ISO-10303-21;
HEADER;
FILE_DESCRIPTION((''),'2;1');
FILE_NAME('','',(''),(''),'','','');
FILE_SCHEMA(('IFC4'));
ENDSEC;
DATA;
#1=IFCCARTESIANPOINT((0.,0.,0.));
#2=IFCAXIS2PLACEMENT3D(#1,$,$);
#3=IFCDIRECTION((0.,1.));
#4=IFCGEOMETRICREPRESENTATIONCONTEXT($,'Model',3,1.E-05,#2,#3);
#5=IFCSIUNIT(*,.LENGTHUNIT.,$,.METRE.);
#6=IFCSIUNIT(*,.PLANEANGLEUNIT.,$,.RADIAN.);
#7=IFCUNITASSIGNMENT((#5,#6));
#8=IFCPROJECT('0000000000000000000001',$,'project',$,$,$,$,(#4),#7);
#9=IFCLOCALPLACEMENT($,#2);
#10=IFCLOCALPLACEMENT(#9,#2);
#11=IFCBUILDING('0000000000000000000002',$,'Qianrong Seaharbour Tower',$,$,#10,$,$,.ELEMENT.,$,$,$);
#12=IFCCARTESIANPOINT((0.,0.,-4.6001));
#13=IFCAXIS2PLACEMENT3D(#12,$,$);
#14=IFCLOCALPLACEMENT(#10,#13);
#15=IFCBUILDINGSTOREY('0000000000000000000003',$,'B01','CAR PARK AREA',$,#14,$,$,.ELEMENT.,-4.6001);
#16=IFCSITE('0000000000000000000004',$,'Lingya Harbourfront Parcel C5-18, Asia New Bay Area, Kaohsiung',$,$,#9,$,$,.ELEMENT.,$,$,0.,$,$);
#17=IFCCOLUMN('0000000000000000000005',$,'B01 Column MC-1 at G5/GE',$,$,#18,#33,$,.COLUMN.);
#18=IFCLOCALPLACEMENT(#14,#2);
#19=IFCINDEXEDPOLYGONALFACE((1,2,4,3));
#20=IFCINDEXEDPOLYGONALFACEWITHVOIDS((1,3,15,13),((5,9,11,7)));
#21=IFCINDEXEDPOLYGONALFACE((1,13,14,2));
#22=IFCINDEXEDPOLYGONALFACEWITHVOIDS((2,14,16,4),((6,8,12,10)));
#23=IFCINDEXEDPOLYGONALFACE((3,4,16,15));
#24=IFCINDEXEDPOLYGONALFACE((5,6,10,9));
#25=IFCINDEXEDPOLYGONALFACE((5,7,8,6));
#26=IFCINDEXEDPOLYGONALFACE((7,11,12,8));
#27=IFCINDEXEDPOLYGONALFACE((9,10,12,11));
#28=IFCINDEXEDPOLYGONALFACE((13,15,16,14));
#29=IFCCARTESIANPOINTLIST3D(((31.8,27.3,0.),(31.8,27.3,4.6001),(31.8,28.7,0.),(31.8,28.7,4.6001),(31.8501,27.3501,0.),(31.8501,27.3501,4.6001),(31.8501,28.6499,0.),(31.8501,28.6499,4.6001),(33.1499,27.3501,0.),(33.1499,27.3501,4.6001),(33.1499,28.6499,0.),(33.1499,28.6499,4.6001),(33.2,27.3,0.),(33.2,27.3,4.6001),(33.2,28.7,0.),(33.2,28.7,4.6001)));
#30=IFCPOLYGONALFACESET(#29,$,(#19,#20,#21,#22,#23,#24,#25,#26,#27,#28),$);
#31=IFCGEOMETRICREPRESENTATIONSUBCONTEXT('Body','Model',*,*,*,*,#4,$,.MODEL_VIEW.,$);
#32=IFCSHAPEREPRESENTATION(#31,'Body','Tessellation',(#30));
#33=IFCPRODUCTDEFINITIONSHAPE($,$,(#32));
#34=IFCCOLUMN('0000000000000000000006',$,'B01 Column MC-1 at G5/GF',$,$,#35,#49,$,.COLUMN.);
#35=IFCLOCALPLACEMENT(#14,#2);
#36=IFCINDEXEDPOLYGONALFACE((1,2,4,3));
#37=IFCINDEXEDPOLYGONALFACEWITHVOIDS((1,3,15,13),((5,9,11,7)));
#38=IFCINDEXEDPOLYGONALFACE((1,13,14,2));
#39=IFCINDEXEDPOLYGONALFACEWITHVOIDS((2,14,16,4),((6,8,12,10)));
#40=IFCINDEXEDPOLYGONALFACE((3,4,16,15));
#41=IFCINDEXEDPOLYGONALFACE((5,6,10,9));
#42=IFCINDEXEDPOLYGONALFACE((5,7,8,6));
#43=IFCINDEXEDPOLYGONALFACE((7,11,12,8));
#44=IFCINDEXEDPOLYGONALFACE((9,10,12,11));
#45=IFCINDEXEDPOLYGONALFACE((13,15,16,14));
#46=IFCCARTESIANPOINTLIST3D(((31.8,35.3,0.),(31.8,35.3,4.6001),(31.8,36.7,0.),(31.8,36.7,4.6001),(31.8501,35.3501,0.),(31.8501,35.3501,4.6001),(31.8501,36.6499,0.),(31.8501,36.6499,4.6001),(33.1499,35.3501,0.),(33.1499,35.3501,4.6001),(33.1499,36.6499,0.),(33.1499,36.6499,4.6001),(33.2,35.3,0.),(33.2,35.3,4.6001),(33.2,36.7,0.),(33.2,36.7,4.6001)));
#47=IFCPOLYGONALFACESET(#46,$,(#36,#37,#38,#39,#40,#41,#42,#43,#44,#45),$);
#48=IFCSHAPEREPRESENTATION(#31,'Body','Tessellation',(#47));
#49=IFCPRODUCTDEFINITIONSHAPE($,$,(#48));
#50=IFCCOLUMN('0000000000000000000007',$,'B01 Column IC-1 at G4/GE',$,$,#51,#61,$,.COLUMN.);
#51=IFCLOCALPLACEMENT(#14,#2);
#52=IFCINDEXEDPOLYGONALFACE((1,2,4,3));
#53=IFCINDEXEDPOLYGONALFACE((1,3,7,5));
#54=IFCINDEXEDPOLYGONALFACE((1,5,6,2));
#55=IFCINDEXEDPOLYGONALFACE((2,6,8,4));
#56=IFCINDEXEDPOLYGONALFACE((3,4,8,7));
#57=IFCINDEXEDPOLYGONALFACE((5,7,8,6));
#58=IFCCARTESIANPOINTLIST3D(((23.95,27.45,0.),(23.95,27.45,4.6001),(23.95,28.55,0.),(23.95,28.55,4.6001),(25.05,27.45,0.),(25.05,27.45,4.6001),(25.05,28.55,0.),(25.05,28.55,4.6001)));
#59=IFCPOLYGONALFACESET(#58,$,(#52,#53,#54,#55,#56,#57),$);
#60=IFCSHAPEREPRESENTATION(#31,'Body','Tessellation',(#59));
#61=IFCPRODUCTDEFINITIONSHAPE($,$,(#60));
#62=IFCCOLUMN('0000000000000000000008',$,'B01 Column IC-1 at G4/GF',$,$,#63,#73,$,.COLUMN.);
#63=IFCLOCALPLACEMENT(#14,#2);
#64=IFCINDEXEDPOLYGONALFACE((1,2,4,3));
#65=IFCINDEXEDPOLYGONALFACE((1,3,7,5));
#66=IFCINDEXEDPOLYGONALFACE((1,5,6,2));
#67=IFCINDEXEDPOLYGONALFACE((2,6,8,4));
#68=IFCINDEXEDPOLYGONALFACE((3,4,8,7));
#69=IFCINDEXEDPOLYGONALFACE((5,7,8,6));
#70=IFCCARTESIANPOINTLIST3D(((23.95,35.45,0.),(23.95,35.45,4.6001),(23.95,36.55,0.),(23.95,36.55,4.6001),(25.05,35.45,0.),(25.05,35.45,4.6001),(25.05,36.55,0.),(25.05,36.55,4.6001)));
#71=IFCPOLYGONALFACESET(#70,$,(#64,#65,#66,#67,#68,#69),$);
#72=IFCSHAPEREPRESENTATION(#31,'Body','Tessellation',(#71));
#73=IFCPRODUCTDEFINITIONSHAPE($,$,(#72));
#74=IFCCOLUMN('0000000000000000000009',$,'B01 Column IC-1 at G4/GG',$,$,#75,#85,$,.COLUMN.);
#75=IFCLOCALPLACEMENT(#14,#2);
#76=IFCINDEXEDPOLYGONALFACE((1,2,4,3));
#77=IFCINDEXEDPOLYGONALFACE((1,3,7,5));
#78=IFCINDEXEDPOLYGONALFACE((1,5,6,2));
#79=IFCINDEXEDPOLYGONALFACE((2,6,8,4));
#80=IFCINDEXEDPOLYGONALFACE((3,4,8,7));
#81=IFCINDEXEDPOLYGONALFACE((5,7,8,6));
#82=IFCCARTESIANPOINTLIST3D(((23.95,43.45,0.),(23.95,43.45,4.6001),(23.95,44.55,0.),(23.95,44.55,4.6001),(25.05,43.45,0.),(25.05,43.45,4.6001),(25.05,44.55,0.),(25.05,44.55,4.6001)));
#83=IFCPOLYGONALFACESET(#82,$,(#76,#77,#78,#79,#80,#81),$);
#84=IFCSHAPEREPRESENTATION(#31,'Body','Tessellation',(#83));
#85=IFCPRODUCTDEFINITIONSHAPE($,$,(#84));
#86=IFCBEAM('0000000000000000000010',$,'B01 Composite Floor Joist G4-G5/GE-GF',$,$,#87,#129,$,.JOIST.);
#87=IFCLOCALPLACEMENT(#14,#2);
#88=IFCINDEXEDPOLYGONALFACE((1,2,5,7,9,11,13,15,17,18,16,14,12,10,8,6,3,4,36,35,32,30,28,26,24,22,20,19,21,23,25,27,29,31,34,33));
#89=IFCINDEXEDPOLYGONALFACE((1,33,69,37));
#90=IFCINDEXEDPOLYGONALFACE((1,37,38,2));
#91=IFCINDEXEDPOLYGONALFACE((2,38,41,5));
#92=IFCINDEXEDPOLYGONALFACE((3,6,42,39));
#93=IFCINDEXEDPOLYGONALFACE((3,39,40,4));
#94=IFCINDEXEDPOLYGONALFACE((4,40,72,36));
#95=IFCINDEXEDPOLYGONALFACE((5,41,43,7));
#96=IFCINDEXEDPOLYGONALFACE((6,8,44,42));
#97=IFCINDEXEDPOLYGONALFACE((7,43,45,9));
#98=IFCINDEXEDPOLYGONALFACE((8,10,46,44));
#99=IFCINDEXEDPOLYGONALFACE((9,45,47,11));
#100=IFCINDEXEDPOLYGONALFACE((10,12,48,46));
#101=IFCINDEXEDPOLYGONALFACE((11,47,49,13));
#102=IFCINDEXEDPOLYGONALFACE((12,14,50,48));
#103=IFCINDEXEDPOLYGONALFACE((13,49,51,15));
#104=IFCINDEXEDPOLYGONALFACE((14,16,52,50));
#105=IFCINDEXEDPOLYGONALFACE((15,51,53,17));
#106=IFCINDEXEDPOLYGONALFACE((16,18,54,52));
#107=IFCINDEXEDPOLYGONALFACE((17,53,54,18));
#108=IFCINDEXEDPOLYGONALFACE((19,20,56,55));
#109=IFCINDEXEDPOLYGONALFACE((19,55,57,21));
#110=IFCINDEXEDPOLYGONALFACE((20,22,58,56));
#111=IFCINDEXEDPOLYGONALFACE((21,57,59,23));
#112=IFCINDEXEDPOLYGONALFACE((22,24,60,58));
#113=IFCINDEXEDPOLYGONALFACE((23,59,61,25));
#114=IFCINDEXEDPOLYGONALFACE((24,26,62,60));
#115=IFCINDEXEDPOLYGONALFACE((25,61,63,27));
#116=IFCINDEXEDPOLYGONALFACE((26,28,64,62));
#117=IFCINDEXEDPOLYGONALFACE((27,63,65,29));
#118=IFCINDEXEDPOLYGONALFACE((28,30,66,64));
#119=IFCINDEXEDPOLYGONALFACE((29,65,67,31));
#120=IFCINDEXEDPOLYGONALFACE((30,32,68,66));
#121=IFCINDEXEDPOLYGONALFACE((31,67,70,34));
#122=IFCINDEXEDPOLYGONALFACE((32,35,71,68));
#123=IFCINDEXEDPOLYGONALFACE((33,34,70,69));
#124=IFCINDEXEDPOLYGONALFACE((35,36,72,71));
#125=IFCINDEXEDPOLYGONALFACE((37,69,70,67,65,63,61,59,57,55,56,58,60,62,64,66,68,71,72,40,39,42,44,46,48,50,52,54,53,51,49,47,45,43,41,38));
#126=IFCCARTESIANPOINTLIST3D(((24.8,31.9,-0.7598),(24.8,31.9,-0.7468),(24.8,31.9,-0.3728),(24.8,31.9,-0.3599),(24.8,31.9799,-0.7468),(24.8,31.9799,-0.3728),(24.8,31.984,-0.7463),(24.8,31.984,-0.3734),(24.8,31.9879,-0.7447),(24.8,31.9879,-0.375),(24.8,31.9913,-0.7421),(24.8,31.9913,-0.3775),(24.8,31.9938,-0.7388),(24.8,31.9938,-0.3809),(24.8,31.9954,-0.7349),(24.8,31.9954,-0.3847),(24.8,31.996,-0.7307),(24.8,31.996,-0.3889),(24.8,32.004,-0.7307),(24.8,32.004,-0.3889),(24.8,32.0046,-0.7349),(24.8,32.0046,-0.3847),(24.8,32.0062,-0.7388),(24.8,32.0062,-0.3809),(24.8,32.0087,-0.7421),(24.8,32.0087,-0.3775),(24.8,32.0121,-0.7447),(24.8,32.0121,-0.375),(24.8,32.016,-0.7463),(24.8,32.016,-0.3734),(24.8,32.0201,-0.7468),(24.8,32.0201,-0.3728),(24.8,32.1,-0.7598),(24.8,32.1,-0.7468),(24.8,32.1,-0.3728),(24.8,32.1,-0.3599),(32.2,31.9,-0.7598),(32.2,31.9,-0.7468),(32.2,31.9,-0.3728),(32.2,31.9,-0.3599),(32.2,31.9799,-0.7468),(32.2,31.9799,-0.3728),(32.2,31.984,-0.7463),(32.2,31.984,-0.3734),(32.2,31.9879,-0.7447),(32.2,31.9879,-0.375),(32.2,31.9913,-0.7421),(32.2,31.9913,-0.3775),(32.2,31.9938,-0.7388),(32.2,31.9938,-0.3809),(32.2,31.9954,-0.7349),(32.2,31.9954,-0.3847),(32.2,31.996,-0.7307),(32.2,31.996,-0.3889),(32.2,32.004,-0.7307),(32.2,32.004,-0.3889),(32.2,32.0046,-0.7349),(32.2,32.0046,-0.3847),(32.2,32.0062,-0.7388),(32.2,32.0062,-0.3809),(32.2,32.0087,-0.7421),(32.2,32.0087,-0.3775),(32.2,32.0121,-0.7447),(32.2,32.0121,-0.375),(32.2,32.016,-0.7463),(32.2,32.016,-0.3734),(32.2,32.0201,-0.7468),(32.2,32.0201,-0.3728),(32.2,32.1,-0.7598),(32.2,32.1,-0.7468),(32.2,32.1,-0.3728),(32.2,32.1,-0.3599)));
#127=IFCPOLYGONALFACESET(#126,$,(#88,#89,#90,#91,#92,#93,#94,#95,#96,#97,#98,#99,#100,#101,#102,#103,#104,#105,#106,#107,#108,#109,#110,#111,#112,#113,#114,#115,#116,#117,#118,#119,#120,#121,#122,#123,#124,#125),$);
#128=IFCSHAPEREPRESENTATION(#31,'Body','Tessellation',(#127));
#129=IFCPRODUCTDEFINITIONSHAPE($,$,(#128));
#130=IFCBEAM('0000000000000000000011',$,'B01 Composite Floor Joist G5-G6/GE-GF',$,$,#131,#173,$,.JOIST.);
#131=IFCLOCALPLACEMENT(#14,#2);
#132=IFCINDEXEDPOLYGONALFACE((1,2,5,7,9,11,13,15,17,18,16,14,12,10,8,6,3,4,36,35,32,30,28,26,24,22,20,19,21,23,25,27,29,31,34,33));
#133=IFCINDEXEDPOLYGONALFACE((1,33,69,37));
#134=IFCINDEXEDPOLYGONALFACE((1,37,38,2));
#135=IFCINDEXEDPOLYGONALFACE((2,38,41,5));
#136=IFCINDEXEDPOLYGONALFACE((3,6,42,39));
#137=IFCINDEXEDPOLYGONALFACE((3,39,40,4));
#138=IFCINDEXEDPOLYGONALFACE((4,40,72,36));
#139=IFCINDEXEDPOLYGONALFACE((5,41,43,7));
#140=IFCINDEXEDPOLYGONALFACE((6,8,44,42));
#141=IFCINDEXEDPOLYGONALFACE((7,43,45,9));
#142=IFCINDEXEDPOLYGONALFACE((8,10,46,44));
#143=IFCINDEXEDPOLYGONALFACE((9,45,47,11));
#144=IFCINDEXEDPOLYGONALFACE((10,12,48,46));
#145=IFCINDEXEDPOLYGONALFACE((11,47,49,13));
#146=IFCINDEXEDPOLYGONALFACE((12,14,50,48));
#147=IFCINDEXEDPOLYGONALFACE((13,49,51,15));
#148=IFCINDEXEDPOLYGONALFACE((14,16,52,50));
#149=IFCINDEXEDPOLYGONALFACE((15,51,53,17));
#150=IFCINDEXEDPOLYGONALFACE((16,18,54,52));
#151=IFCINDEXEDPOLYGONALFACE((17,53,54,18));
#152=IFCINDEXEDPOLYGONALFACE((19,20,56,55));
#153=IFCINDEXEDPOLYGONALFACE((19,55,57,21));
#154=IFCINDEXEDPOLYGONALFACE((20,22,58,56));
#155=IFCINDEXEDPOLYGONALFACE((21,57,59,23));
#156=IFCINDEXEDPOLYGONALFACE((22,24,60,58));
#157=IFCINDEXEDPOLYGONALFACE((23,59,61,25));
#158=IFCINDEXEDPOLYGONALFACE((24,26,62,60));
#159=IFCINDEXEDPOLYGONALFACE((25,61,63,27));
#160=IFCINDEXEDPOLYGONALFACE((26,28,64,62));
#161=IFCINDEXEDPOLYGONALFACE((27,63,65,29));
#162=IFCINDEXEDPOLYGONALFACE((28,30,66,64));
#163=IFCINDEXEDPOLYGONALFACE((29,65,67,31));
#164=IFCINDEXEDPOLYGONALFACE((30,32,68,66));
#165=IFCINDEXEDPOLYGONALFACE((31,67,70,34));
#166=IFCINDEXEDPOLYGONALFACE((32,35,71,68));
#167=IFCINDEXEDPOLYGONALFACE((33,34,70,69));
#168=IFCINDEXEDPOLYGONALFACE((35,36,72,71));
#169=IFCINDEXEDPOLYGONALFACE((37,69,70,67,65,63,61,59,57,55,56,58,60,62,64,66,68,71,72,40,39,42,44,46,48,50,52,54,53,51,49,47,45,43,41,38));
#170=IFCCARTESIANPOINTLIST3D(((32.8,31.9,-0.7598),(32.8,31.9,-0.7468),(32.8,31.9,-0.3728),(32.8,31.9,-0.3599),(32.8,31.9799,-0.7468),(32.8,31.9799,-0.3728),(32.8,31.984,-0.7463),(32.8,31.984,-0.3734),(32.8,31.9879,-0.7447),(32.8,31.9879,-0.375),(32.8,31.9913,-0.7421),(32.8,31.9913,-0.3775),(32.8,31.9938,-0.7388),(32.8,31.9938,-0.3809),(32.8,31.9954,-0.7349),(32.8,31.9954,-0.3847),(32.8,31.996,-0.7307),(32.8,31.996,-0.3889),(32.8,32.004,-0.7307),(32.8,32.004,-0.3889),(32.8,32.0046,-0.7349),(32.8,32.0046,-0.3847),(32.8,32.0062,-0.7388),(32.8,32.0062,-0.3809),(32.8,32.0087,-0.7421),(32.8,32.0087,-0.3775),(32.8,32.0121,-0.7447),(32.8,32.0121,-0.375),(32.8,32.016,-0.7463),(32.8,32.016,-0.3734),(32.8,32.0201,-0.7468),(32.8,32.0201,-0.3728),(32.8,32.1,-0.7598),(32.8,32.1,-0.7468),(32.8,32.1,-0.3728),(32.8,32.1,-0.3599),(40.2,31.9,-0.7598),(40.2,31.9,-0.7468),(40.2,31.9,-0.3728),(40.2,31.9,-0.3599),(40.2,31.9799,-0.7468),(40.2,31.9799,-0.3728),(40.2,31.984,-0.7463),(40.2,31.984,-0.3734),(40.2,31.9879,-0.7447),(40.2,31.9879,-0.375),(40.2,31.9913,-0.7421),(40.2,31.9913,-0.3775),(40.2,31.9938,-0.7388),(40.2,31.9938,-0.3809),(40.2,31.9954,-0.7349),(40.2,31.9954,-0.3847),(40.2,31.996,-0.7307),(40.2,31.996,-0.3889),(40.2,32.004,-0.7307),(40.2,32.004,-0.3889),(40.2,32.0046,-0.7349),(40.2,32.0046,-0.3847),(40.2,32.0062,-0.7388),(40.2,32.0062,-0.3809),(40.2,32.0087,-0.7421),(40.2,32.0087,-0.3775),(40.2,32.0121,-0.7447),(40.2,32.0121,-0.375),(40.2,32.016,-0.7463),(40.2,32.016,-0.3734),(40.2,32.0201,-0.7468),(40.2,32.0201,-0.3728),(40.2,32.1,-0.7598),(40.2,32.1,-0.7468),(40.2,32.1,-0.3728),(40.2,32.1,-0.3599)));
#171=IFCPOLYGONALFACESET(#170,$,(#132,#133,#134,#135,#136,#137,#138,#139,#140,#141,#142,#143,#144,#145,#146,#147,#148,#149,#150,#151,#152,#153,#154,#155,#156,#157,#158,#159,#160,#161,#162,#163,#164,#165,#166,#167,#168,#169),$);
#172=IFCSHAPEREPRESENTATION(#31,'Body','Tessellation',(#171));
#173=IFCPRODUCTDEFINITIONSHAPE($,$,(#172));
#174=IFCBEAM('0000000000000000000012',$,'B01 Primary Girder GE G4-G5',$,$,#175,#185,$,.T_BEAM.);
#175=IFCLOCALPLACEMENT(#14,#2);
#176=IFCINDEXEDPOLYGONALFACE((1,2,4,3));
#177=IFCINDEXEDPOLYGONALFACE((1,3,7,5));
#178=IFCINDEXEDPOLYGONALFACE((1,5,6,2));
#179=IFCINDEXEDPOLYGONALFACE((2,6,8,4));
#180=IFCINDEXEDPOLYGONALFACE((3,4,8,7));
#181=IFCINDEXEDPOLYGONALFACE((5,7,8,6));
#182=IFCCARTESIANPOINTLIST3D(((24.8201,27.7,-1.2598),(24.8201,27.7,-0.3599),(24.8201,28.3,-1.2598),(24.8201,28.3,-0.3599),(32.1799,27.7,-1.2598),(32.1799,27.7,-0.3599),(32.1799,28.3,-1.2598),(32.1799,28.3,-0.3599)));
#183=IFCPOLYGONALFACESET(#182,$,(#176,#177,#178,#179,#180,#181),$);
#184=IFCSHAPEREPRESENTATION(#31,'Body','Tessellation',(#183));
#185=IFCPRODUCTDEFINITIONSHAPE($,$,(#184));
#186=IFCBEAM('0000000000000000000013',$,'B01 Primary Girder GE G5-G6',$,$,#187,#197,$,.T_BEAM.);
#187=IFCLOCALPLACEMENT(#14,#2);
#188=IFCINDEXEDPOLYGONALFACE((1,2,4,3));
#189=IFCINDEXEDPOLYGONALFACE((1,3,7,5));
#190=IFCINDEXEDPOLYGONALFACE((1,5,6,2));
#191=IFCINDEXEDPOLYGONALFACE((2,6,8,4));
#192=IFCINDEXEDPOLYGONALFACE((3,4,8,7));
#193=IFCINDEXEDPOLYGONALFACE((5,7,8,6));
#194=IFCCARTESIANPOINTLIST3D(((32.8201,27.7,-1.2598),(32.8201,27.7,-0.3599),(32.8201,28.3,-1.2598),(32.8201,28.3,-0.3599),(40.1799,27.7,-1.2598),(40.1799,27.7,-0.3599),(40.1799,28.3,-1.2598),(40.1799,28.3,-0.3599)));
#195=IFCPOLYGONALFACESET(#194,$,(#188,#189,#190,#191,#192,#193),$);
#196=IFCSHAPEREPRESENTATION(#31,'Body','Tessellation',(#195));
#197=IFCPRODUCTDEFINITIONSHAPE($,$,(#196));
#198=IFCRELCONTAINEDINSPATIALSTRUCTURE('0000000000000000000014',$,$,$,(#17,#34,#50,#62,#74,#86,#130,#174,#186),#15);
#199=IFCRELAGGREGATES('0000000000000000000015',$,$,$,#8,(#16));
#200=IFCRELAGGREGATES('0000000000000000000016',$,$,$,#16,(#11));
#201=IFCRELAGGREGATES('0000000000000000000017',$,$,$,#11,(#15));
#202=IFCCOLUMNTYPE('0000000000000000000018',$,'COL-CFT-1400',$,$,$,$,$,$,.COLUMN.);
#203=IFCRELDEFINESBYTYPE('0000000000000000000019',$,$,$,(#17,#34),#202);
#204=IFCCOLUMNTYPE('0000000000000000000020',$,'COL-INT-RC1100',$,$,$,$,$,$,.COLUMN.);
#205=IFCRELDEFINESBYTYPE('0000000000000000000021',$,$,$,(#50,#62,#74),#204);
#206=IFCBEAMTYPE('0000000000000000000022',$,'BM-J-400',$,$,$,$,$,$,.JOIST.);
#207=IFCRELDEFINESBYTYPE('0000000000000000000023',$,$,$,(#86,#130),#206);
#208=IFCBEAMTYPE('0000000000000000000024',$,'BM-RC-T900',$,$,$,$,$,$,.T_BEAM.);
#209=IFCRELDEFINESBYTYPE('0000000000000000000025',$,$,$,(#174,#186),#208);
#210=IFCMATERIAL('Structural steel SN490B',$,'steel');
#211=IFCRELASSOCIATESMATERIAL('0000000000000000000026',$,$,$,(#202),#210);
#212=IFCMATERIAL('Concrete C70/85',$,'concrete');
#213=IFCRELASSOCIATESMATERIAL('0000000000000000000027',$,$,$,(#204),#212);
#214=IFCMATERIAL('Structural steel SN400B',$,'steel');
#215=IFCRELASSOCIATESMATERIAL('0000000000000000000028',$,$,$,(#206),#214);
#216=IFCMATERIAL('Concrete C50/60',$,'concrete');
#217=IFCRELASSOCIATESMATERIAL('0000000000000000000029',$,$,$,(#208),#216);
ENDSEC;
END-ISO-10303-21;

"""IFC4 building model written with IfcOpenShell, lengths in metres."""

from ifc_helpers import new_model, si_unit, direction, frame, origin, origin_2d, place, context, subcontext, project, spatial, rectangle, hollow_rectangle, i_section, extrude, material, material_profile, profile_set, type_object, element, save


model = new_model("IFC4")

# Units and contexts
model_context = context("Model", 3, precision=1e-05, world=origin(), true_north=direction((0.0, 1.0)))
body_context = subcontext(model_context, "Body", "Model", "MODEL_VIEW")
ifc_project = project(units=[si_unit("LENGTHUNIT", "METRE"), si_unit("PLANEANGLEUNIT", "RADIAN")], contexts=[model_context])

# Site, building, storey
site_placement = place(None, origin())
site = spatial("IfcSite", under=ifc_project, at=site_placement, Name="Lingya Harbourfront Parcel C5-18, Asia New Bay Area, Kaohsiung", CompositionType="ELEMENT", RefElevation=0.0)
building_placement = place(site_placement, origin())
building = spatial("IfcBuilding", under=site, at=building_placement, Name="Qianrong Seaharbour Tower", CompositionType="ELEMENT")
storey_placement = place(building_placement, frame((0.0, 0.0, -4.6001)))
storey = spatial("IfcBuildingStorey", under=building, at=storey_placement, Name="B01", Description="CAR PARK AREA", CompositionType="ELEMENT", Elevation=-4.6001)

# Columns
ifc_material_1 = material(Name="Structural steel SN490B", Category="steel")
ifc_material_profile_1 = material_profile(ifc_material_1, hollow_rectangle(XDim=1.3999, YDim=1.3999, WallThickness=0.05, at=origin_2d()), Name="BOX1400x1400x50")
ifc_profile_set_1 = profile_set([ifc_material_profile_1], Name="Structural steel SN490B")
column_type_1 = type_object("IfcColumnType", Name="COL-CFT-1400", PredefinedType="COLUMN", material=ifc_profile_set_1)
for number, where, z_axis, x_axis, name in (
    (1, (32.5, 28.0, 0.0), (0.0, 0.0, 1.0), (1.0, 0.0, 0.0), "B01 Column MC-1 at G5/GE"),
    (2, (32.5, 36.0, 0.0), (0.0, 0.0, 1.0), (1.0, 0.0, 0.0), "B01 Column MC-1 at G5/GF"),
):
    element("IfcColumn", number, at=place(storey_placement, frame(where, z_axis=z_axis, x_axis=x_axis)), inside=storey, type_object=column_type_1, Name=name, PredefinedType="COLUMN", context=body_context, shape_type="SweptSolid", body=[
        extrude(hollow_rectangle(XDim=1.3999, YDim=1.3999, WallThickness=0.05, at=origin_2d()), origin(), (0.0, 0.0, 1.0), 4.6001),
    ])
ifc_material_2 = material(Name="Concrete C70/85", Category="concrete")
ifc_material_profile_2 = material_profile(ifc_material_2, rectangle(XDim=1.1001, YDim=1.1001, at=origin_2d()), Name="RC1100x1100")
ifc_profile_set_2 = profile_set([ifc_material_profile_2], Name="Concrete C70/85")
column_type_2 = type_object("IfcColumnType", Name="COL-INT-RC1100", PredefinedType="COLUMN", material=ifc_profile_set_2)
for number, where, z_axis, x_axis, name in (
    (3, (24.5, 28.0, 0.0), (0.0, 0.0, 1.0), (1.0, 0.0, 0.0), "B01 Column IC-1 at G4/GE"),
    (4, (24.5, 36.0, 0.0), (0.0, 0.0, 1.0), (1.0, 0.0, 0.0), "B01 Column IC-1 at G4/GF"),
    (5, (24.5, 44.0, 0.0), (0.0, 0.0, 1.0), (1.0, 0.0, 0.0), "B01 Column IC-1 at G4/GG"),
):
    element("IfcColumn", number, at=place(storey_placement, frame(where, z_axis=z_axis, x_axis=x_axis)), inside=storey, type_object=column_type_2, Name=name, PredefinedType="COLUMN", context=body_context, shape_type="SweptSolid", body=[
        extrude(rectangle(XDim=1.1001, YDim=1.1001, at=origin_2d()), origin(), (0.0, 0.0, 1.0), 4.6001),
    ])

# Beams
ifc_material_3 = material(Name="Structural steel SN400B", Category="steel")
ifc_material_profile_3 = material_profile(ifc_material_3, i_section(OverallWidth=0.2, OverallDepth=0.3999, WebThickness=0.0081, FlangeThickness=0.0129, FilletRadius=0.0161, at=origin_2d()), Name="H400x200x8x13")
ifc_profile_set_3 = profile_set([ifc_material_profile_3], Name="Structural steel SN400B")
beam_type_1 = type_object("IfcBeamType", Name="BM-J-400", PredefinedType="JOIST", material=ifc_profile_set_3)
for number, where, z_axis, x_axis, name in (
    (6, (24.8, 32.0, -0.5598), (1.0, 0.0, 0.0), (0.0, 1.0, 0.0), "B01 Composite Floor Joist G4-G5/GE-GF"),
    (7, (32.8, 32.0, -0.5598), (1.0, 0.0, 0.0), (0.0, 1.0, 0.0), "B01 Composite Floor Joist G5-G6/GE-GF"),
):
    element("IfcBeam", number, at=place(storey_placement, frame(where, z_axis=z_axis, x_axis=x_axis)), inside=storey, type_object=beam_type_1, Name=name, PredefinedType="JOIST", context=body_context, shape_type="SweptSolid", body=[
        extrude(i_section(OverallWidth=0.2, OverallDepth=0.3999, WebThickness=0.0081, FlangeThickness=0.0129, FilletRadius=0.0161, at=origin_2d()), origin(), (0.0, 0.0, 1.0), 7.3999),
    ])
ifc_material_4 = material(Name="Concrete C50/60", Category="concrete")
ifc_material_profile_4 = material_profile(ifc_material_4, rectangle(XDim=0.6001, YDim=0.8999, at=origin_2d()), Name="RC600x900")
ifc_profile_set_4 = profile_set([ifc_material_profile_4], Name="Concrete C50/60")
beam_type_2 = type_object("IfcBeamType", Name="BM-RC-T900", PredefinedType="T_BEAM", material=ifc_profile_set_4)
for number, where, z_axis, x_axis, name in (
    (8, (24.8201, 28.0, -0.8098), (1.0, 0.0, 0.0), (0.0, 1.0, 0.0), "B01 Primary Girder GE G4-G5"),
    (9, (32.8201, 28.0, -0.8098), (1.0, 0.0, 0.0), (0.0, 1.0, 0.0), "B01 Primary Girder GE G5-G6"),
):
    element("IfcBeam", number, at=place(storey_placement, frame(where, z_axis=z_axis, x_axis=x_axis)), inside=storey, type_object=beam_type_2, Name=name, PredefinedType="T_BEAM", context=body_context, shape_type="SweptSolid", body=[
        extrude(rectangle(XDim=0.6001, YDim=0.8999, at=origin_2d()), origin(), (0.0, 0.0, 1.0), 7.3599),
    ])

save(model, "model.ifc")
